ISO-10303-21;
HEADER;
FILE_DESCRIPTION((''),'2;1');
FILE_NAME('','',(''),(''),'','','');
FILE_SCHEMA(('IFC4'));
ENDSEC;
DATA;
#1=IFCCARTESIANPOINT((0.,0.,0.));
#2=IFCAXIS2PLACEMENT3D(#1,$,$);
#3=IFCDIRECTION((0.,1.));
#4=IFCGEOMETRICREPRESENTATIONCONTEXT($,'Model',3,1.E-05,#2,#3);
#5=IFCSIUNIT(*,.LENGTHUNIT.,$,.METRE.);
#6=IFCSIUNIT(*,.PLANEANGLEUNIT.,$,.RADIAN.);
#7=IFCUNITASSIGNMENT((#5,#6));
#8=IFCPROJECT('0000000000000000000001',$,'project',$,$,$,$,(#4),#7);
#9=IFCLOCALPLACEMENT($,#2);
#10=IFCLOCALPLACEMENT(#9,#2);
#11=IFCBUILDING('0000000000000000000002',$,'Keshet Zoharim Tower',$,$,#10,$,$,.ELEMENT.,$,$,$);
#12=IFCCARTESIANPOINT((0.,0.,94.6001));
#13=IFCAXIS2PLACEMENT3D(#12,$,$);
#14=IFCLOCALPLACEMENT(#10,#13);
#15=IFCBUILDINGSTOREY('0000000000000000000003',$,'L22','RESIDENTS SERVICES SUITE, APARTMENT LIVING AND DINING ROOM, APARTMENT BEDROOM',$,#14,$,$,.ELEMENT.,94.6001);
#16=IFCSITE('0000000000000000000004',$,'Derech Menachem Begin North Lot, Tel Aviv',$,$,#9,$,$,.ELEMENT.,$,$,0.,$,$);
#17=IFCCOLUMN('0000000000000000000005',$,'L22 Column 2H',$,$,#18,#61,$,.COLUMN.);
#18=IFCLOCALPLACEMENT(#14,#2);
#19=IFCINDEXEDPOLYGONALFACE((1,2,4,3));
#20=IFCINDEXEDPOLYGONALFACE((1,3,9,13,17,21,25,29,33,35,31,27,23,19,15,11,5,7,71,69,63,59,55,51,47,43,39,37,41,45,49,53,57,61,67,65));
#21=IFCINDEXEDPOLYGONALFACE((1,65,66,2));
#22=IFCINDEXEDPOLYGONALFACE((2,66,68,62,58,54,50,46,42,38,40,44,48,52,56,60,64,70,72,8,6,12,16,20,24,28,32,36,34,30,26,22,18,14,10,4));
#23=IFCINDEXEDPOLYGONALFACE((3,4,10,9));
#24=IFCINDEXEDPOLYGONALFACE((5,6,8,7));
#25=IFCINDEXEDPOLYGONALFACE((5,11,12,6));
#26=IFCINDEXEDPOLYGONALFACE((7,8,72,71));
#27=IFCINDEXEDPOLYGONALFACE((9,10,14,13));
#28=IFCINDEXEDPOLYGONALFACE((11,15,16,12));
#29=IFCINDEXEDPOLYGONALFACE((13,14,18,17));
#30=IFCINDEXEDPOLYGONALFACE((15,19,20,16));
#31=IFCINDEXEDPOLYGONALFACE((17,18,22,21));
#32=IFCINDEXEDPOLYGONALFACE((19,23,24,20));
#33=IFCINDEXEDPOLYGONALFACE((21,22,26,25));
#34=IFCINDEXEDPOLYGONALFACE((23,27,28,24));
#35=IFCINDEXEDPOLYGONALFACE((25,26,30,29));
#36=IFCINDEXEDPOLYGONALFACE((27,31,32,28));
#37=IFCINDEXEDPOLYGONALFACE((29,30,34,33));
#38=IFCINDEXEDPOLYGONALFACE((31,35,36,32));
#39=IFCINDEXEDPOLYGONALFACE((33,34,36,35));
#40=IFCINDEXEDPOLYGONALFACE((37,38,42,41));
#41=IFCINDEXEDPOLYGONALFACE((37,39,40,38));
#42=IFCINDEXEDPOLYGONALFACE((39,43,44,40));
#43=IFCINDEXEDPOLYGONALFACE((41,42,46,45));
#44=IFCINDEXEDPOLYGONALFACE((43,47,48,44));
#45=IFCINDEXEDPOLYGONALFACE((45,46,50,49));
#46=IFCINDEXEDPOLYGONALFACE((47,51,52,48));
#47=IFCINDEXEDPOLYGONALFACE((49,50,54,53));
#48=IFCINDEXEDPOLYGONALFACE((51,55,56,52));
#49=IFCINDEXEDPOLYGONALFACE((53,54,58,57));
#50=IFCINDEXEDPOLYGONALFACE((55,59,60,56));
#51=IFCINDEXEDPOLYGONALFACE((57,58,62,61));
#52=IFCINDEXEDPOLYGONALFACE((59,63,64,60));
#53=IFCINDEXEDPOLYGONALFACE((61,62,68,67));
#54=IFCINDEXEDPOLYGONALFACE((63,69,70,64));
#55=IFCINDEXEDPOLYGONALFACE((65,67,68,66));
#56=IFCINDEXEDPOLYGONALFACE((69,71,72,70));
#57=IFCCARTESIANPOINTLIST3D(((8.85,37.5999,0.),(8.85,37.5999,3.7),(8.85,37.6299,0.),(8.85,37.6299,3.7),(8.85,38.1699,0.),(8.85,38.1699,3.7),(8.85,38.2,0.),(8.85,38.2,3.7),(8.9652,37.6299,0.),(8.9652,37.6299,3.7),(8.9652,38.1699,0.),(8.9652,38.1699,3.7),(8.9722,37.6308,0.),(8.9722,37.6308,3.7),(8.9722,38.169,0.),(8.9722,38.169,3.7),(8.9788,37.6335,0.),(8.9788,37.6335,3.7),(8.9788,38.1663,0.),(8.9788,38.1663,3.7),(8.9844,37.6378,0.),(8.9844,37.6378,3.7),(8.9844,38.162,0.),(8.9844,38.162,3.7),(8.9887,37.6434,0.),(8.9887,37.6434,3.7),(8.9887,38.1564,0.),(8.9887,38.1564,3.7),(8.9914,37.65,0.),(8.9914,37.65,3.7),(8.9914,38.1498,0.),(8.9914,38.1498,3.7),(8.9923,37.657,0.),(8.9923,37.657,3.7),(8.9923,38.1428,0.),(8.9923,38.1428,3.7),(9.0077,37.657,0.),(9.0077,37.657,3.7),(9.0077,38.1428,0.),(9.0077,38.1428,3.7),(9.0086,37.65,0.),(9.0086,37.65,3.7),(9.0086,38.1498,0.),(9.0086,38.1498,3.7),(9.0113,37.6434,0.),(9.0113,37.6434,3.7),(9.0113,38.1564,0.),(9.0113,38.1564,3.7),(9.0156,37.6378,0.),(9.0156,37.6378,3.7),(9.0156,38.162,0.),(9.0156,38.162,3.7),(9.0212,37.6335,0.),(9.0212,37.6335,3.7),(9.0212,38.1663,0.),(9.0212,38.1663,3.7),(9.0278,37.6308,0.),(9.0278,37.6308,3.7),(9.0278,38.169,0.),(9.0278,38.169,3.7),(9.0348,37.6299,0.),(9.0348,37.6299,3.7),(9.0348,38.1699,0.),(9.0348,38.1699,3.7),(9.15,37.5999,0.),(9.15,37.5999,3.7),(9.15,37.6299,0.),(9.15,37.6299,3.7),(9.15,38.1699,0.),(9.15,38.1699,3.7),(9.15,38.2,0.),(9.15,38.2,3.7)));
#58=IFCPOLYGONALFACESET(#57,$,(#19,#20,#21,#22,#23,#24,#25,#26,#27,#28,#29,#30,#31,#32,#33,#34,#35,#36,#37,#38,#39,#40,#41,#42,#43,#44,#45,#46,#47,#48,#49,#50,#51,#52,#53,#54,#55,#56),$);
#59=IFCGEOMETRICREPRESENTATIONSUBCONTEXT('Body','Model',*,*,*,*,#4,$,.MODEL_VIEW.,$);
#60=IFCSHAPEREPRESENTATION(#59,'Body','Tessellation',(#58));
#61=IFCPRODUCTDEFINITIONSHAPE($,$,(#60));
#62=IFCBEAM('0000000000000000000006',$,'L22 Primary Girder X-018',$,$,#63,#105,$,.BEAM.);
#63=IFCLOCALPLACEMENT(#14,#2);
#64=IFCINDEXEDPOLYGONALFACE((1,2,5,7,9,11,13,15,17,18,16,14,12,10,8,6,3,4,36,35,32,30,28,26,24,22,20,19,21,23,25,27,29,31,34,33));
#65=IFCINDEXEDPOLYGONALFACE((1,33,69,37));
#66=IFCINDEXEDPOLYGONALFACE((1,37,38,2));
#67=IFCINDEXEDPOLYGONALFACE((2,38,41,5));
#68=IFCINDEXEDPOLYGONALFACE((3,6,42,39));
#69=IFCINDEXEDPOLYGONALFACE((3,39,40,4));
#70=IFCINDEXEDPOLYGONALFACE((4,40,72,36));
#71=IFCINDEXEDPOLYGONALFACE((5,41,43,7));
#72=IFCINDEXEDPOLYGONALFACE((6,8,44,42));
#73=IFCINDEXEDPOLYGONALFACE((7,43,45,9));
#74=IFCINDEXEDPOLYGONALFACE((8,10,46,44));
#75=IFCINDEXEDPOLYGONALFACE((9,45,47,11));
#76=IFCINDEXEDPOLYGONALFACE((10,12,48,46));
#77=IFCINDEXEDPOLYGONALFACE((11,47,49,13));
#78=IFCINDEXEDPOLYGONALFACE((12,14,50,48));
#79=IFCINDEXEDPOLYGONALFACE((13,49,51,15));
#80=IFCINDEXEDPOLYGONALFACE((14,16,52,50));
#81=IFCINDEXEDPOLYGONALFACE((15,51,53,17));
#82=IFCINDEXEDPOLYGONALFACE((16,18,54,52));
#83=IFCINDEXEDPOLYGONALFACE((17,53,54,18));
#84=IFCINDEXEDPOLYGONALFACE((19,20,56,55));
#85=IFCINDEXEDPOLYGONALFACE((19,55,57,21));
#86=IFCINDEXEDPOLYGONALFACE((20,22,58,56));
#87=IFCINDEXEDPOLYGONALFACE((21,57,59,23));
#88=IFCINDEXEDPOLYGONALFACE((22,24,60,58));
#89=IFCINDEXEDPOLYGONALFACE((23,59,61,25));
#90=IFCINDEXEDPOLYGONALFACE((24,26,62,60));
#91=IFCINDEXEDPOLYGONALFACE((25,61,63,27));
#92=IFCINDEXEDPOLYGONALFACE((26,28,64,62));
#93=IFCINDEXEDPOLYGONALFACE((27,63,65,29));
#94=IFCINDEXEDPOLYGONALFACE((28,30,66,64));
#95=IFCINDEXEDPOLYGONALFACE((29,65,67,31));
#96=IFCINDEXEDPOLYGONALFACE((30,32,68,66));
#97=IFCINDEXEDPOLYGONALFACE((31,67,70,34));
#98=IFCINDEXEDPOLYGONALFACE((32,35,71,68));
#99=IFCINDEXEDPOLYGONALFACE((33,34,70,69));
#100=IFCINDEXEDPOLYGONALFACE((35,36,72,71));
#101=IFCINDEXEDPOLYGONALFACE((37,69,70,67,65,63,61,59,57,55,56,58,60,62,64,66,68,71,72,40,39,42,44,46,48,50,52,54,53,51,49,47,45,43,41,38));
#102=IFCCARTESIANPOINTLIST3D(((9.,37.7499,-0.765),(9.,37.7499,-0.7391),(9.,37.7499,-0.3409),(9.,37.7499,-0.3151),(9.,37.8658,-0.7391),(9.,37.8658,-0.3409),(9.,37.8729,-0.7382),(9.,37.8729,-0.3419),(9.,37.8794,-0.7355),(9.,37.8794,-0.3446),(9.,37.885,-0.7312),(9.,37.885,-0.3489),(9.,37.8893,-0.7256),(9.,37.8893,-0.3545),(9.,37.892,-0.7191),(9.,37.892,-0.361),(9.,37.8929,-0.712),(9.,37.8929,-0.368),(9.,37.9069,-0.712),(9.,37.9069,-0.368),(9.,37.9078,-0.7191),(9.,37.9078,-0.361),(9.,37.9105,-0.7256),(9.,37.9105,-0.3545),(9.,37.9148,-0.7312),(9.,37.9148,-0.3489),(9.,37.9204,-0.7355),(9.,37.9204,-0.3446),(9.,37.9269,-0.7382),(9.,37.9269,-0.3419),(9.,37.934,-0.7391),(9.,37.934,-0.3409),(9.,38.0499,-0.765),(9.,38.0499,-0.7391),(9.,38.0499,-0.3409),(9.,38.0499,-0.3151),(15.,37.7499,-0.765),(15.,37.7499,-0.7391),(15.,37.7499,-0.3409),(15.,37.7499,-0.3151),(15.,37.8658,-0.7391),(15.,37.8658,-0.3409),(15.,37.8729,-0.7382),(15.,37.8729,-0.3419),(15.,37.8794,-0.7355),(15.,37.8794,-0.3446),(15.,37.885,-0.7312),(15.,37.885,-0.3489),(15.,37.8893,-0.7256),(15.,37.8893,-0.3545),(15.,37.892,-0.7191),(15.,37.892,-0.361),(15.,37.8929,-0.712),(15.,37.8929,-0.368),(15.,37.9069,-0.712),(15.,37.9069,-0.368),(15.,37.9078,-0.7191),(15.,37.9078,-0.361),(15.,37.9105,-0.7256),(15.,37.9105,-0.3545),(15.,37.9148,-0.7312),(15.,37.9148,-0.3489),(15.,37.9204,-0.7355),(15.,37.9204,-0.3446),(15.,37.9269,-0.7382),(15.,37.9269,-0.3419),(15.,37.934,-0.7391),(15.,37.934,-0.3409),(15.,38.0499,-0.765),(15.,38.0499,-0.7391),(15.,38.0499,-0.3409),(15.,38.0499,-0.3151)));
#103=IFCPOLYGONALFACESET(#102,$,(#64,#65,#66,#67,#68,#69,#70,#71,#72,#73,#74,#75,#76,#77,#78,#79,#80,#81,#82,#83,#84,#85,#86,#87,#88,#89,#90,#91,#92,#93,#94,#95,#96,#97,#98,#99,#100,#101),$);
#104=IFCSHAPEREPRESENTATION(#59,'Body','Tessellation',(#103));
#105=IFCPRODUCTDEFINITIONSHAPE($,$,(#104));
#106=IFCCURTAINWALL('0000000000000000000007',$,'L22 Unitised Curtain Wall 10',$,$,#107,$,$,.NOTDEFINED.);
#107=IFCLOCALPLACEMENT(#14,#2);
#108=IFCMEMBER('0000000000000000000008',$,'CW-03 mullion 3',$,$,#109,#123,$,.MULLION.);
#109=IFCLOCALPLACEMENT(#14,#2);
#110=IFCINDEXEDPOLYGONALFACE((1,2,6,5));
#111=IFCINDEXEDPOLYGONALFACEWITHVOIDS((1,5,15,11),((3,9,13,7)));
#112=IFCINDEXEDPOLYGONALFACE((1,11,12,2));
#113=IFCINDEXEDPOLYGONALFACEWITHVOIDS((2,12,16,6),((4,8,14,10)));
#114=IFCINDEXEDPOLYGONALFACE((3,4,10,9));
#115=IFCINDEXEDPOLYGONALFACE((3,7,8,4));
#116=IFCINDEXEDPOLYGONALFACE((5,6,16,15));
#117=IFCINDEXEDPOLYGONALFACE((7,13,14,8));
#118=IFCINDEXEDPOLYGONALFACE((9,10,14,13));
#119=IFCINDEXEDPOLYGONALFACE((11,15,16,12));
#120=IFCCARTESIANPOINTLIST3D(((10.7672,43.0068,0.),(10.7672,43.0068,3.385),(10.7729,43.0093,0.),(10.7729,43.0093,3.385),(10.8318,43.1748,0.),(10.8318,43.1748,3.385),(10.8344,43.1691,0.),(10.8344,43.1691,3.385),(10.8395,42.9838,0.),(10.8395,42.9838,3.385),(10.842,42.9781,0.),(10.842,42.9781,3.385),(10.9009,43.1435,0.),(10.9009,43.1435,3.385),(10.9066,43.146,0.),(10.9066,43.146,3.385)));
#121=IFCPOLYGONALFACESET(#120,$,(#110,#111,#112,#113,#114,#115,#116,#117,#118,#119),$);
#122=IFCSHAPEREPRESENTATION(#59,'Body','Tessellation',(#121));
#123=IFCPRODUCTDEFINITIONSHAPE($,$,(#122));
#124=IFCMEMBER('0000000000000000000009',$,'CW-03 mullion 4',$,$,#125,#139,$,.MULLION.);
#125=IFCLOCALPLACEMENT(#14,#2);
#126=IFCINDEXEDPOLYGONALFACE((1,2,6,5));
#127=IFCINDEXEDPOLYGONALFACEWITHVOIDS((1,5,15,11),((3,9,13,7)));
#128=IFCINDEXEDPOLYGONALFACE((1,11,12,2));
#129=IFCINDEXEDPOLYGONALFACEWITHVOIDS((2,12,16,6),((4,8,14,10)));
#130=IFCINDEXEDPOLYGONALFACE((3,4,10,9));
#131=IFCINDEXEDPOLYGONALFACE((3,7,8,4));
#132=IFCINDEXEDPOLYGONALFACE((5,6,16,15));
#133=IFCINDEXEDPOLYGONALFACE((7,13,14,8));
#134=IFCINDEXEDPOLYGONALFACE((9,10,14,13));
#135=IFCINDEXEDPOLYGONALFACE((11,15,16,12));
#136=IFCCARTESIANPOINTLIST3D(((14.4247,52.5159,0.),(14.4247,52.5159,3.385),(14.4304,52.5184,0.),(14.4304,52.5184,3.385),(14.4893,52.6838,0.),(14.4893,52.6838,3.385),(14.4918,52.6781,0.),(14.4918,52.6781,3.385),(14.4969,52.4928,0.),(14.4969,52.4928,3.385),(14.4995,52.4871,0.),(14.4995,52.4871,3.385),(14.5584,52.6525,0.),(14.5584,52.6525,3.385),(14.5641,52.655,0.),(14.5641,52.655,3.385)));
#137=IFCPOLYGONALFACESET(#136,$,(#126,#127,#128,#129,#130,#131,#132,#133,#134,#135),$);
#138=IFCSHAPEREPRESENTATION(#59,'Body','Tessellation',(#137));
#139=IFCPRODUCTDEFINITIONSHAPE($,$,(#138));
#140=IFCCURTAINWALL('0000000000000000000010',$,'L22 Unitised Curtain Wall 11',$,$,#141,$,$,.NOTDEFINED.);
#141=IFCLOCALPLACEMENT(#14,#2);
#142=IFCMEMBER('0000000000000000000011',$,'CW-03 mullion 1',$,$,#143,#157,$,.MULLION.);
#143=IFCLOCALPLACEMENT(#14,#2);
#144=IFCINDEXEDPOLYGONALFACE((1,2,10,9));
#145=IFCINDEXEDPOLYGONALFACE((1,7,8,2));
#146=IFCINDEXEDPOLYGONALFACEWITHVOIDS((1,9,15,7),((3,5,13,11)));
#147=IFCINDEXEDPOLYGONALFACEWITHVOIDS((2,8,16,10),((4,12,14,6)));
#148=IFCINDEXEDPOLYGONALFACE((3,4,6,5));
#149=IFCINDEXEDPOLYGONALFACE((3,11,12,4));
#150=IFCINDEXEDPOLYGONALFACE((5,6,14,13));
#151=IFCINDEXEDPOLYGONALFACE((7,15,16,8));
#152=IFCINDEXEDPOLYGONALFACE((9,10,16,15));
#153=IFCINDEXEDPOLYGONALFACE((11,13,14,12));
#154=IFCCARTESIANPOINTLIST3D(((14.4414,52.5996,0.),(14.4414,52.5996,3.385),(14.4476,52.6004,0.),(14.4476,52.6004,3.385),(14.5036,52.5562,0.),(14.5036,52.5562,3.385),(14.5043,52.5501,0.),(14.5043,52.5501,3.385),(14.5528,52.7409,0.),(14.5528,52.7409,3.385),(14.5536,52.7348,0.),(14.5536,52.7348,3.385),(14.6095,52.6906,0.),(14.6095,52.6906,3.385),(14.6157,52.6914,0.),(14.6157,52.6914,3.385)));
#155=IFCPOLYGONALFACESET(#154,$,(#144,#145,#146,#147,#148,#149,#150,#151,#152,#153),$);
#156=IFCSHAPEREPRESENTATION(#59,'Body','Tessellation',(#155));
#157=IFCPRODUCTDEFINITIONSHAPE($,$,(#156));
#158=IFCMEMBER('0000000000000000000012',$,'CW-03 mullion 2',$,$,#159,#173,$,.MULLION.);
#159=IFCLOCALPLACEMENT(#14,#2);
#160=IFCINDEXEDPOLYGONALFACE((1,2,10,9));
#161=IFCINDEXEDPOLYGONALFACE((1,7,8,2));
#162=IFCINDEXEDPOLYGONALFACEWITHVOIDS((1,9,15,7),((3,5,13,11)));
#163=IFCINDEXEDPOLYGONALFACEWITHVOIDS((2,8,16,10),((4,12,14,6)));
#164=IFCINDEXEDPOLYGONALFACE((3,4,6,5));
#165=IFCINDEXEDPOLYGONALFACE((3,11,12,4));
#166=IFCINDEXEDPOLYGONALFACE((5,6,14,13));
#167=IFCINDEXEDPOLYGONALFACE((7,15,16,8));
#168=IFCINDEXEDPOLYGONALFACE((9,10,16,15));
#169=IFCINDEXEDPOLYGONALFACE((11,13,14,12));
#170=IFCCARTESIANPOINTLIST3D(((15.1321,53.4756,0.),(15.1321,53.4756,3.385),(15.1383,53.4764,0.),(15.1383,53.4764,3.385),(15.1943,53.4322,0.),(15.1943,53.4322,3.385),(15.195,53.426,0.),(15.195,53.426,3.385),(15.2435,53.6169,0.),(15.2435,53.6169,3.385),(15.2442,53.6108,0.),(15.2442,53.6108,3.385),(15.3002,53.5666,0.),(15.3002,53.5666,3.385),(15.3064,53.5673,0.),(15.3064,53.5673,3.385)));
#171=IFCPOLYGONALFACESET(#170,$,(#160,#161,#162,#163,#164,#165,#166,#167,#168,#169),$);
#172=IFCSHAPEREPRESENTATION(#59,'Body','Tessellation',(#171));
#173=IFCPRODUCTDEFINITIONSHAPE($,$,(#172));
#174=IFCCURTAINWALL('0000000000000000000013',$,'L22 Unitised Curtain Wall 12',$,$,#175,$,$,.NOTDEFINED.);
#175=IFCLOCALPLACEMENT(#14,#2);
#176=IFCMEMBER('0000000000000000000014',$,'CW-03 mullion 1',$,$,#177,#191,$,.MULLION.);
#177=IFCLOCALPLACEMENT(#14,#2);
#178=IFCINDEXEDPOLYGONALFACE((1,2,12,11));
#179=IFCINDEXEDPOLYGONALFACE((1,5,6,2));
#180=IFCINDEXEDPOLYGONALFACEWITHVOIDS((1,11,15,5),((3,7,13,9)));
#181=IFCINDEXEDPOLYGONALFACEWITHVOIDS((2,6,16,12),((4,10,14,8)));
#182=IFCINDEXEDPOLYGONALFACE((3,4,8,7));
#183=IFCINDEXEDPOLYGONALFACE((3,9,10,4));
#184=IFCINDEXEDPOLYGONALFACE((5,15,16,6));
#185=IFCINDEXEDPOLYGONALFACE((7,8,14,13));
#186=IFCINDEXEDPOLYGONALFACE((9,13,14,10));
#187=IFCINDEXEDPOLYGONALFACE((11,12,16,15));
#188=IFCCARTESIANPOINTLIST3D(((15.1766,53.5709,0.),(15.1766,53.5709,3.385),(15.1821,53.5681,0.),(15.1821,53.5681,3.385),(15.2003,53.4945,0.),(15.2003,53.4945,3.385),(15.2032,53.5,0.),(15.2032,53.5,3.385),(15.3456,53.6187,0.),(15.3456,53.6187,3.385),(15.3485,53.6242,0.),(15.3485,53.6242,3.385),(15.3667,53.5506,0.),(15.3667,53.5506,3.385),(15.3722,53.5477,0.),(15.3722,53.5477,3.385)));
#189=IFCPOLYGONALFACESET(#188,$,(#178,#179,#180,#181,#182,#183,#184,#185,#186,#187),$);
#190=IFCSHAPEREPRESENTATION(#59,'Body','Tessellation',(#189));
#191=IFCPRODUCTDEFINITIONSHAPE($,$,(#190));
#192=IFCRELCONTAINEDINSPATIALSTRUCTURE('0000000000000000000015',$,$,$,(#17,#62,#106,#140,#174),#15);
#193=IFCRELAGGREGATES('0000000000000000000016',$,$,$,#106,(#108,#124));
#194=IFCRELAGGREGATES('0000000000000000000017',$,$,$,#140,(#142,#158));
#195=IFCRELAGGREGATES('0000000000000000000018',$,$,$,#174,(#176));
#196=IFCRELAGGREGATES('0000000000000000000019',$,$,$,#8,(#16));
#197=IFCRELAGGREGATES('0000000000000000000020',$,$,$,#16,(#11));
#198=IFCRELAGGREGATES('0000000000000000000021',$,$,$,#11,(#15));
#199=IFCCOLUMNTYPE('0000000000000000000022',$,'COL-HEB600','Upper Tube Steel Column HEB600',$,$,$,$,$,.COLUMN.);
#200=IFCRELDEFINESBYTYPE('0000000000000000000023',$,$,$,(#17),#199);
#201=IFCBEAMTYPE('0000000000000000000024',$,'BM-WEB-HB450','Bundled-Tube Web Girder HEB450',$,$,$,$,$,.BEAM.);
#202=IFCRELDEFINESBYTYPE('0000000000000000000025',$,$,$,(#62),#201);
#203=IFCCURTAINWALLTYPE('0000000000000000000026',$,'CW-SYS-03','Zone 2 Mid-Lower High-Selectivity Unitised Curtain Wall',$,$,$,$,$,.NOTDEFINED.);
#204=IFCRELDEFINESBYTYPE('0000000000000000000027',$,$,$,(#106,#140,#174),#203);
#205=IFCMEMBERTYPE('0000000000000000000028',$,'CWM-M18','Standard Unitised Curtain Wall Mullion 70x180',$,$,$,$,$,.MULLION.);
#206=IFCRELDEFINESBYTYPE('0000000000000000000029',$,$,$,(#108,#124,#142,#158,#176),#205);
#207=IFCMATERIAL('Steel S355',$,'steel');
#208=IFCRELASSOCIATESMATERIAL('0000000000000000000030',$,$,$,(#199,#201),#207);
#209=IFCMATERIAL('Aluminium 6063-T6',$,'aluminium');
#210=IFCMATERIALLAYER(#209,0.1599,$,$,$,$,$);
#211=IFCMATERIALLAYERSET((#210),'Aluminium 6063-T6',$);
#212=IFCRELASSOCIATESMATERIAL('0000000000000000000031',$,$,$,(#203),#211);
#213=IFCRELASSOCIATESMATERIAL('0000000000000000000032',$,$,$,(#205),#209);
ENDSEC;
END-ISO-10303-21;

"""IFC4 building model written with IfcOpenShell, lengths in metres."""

from ifc_helpers import new_model, si_unit, direction, frame, origin, origin_2d, place, context, subcontext, project, spatial, hollow_rectangle, i_section, extrude, material, layer, layer_set, material_profile, profile_set, type_object, element, aggregate, save


model = new_model("IFC4")

# Units and contexts
model_context = context("Model", 3, precision=1e-05, world=origin(), true_north=direction((0.0, 1.0)))
body_context = subcontext(model_context, "Body", "Model", "MODEL_VIEW")
ifc_project = project(units=[si_unit("LENGTHUNIT", "METRE"), si_unit("PLANEANGLEUNIT", "RADIAN")], contexts=[model_context])

# Site, building, storey
site_placement = place(None, origin())
site = spatial("IfcSite", under=ifc_project, at=site_placement, Name="Derech Menachem Begin North Lot, Tel Aviv", CompositionType="ELEMENT", RefElevation=0.0)
building_placement = place(site_placement, origin())
building = spatial("IfcBuilding", under=site, at=building_placement, Name="Keshet Zoharim Tower", CompositionType="ELEMENT")
storey_placement = place(building_placement, frame((0.0, 0.0, 94.6001)))
storey = spatial("IfcBuildingStorey", under=building, at=storey_placement, Name="L22", Description="RESIDENTS SERVICES SUITE, APARTMENT LIVING AND DINING ROOM, APARTMENT BEDROOM", CompositionType="ELEMENT", Elevation=94.6001)

# Column
ifc_material_1 = material(Name="Steel S355", Category="steel")
ifc_material_profile_1 = material_profile(ifc_material_1, i_section(OverallWidth=0.3, OverallDepth=0.6001, WebThickness=0.0154, FlangeThickness=0.03, FilletRadius=0.0271, at=origin_2d()), Name="HEB600")
ifc_profile_set_1 = profile_set([ifc_material_profile_1], Name="Steel S355")
column_type = type_object("IfcColumnType", Name="COL-HEB600", Description="Upper Tube Steel Column HEB600", PredefinedType="COLUMN", material=ifc_profile_set_1)
column_placement = place(storey_placement, frame((9.0, 37.8999, 0.0), z_axis=(0.0, 0.0, 1.0), x_axis=(1.0, 0.0, 0.0)))
element("IfcColumn", 1, at=column_placement, inside=storey, type_object=column_type, Name="L22 Column 2H", PredefinedType="COLUMN", context=body_context, shape_type="SweptSolid", body=[
    extrude(i_section(OverallWidth=0.3, OverallDepth=0.6001, WebThickness=0.0154, FlangeThickness=0.03, FilletRadius=0.0271, at=origin_2d()), origin(), (0.0, 0.0, 1.0), 3.7),
])

# Beam
ifc_material_profile_2 = material_profile(ifc_material_1, i_section(OverallWidth=0.3, OverallDepth=0.45, WebThickness=0.0139, FlangeThickness=0.0259, FilletRadius=0.0271, at=origin_2d()), Name="HEB450")
ifc_profile_set_2 = profile_set([ifc_material_profile_2], Name="Steel S355")
beam_type = type_object("IfcBeamType", Name="BM-WEB-HB450", Description="Bundled-Tube Web Girder HEB450", PredefinedType="BEAM", material=ifc_profile_set_2)
beam_placement = place(storey_placement, frame((9.0, 37.8999, -0.54), z_axis=(1.0, 0.0, 0.0), x_axis=(0.0, 1.0, 0.0)))
element("IfcBeam", 2, at=beam_placement, inside=storey, type_object=beam_type, Name="L22 Primary Girder X-018", PredefinedType="BEAM", context=body_context, shape_type="SweptSolid", body=[
    extrude(i_section(OverallWidth=0.3, OverallDepth=0.45, WebThickness=0.0139, FlangeThickness=0.0259, FilletRadius=0.0271, at=origin_2d()), origin(), (0.0, 0.0, 1.0), 6.0),
])

# Curtain walls, members
ifc_material_2 = material(Name="Aluminium 6063-T6", Category="aluminium")
ifc_layer_1 = layer(ifc_material_2, 0.1599)
ifc_layer_set_1 = layer_set([ifc_layer_1], Name="Aluminium 6063-T6")
curtain_wall_type = type_object("IfcCurtainWallType", Name="CW-SYS-03", Description="Zone 2 Mid-Lower High-Selectivity Unitised Curtain Wall", PredefinedType="NOTDEFINED", material=ifc_layer_set_1)
curtain_wall_1_placement = place(storey_placement, origin())
curtain_wall_1 = element("IfcCurtainWall", 3, at=curtain_wall_1_placement, inside=storey, type_object=curtain_wall_type, Name="L22 Unitised Curtain Wall 10", PredefinedType="NOTDEFINED")
ifc_material_profile_3 = material_profile(ifc_material_2, hollow_rectangle(XDim=0.0801, YDim=0.1799, WallThickness=0.0044, at=origin_2d()), Name="MUL-80x180")
ifc_profile_set_3 = profile_set([ifc_material_profile_3], Name="Aluminium 6063-T6")
member_type_1 = type_object("IfcMemberType", Name="CWM-M18", Description="Standard Unitised Curtain Wall Mullion 70x180", PredefinedType="MULLION", material=ifc_profile_set_3)
member_1_placement = place(storey_placement, frame((10.8369, 43.0764, 0.0), z_axis=(0.0, 0.0, 1.0), x_axis=(-0.933341, 0.35899, 0.0)))
member_1 = element("IfcMember", 4, at=member_1_placement, type_object=member_type_1, Name="CW-03 mullion 3", PredefinedType="MULLION", context=body_context, shape_type="SweptSolid", body=[
    extrude(hollow_rectangle(XDim=0.0801, YDim=0.1799, WallThickness=0.0044, at=origin_2d()), origin(), (0.0, 0.0, 1.0), 3.385),
])
member_2_placement = place(storey_placement, frame((14.4944, 52.5854, 0.0), z_axis=(0.0, 0.0, 1.0), x_axis=(-0.933341, 0.35899, 0.0)))
member_2 = element("IfcMember", 5, at=member_2_placement, type_object=member_type_1, Name="CW-03 mullion 4", PredefinedType="MULLION", context=body_context, shape_type="SweptSolid", body=[
    extrude(hollow_rectangle(XDim=0.0801, YDim=0.1799, WallThickness=0.0044, at=origin_2d()), origin(), (0.0, 0.0, 1.0), 3.385),
])
curtain_wall_2_placement = place(storey_placement, origin())
curtain_wall_2 = element("IfcCurtainWall", 6, at=curtain_wall_2_placement, inside=storey, type_object=curtain_wall_type, Name="L22 Unitised Curtain Wall 11", PredefinedType="NOTDEFINED")
member_3_placement = place(storey_placement, frame((14.5286, 52.6455, 0.0), z_axis=(0.0, 0.0, 1.0), x_axis=(-0.785293, 0.619125, 0.0)))
member_3 = element("IfcMember", 7, at=member_3_placement, type_object=member_type_1, Name="CW-03 mullion 1", PredefinedType="MULLION", context=body_context, shape_type="SweptSolid", body=[
    extrude(hollow_rectangle(XDim=0.0801, YDim=0.1799, WallThickness=0.0044, at=origin_2d()), origin(), (0.0, 0.0, 1.0), 3.385),
])
member_4_placement = place(storey_placement, frame((15.2192, 53.5215, 0.0), z_axis=(0.0, 0.0, 1.0), x_axis=(-0.785293, 0.619125, 0.0)))
member_4 = element("IfcMember", 8, at=member_4_placement, type_object=member_type_1, Name="CW-03 mullion 2", PredefinedType="MULLION", context=body_context, shape_type="SweptSolid", body=[
    extrude(hollow_rectangle(XDim=0.0801, YDim=0.1799, WallThickness=0.0044, at=origin_2d()), origin(), (0.0, 0.0, 1.0), 3.385),
])
curtain_wall_3_placement = place(storey_placement, origin())
curtain_wall_3 = element("IfcCurtainWall", 9, at=curtain_wall_3_placement, inside=storey, type_object=curtain_wall_type, Name="L22 Unitised Curtain Wall 12", PredefinedType="NOTDEFINED")
member_5_placement = place(storey_placement, frame((15.2744, 53.5593, 0.0), z_axis=(0.0, 0.0, 1.0), x_axis=(-0.295922, 0.955212, 0.0)))
member_5 = element("IfcMember", 10, at=member_5_placement, type_object=member_type_1, Name="CW-03 mullion 1", PredefinedType="MULLION", context=body_context, shape_type="SweptSolid", body=[
    extrude(hollow_rectangle(XDim=0.0801, YDim=0.1799, WallThickness=0.0044, at=origin_2d()), origin(), (0.0, 0.0, 1.0), 3.385),
])

aggregate(curtain_wall_1, [member_1, member_2])
aggregate(curtain_wall_2, [member_3, member_4])
aggregate(curtain_wall_3, [member_5])

save(model, "model.ifc")
